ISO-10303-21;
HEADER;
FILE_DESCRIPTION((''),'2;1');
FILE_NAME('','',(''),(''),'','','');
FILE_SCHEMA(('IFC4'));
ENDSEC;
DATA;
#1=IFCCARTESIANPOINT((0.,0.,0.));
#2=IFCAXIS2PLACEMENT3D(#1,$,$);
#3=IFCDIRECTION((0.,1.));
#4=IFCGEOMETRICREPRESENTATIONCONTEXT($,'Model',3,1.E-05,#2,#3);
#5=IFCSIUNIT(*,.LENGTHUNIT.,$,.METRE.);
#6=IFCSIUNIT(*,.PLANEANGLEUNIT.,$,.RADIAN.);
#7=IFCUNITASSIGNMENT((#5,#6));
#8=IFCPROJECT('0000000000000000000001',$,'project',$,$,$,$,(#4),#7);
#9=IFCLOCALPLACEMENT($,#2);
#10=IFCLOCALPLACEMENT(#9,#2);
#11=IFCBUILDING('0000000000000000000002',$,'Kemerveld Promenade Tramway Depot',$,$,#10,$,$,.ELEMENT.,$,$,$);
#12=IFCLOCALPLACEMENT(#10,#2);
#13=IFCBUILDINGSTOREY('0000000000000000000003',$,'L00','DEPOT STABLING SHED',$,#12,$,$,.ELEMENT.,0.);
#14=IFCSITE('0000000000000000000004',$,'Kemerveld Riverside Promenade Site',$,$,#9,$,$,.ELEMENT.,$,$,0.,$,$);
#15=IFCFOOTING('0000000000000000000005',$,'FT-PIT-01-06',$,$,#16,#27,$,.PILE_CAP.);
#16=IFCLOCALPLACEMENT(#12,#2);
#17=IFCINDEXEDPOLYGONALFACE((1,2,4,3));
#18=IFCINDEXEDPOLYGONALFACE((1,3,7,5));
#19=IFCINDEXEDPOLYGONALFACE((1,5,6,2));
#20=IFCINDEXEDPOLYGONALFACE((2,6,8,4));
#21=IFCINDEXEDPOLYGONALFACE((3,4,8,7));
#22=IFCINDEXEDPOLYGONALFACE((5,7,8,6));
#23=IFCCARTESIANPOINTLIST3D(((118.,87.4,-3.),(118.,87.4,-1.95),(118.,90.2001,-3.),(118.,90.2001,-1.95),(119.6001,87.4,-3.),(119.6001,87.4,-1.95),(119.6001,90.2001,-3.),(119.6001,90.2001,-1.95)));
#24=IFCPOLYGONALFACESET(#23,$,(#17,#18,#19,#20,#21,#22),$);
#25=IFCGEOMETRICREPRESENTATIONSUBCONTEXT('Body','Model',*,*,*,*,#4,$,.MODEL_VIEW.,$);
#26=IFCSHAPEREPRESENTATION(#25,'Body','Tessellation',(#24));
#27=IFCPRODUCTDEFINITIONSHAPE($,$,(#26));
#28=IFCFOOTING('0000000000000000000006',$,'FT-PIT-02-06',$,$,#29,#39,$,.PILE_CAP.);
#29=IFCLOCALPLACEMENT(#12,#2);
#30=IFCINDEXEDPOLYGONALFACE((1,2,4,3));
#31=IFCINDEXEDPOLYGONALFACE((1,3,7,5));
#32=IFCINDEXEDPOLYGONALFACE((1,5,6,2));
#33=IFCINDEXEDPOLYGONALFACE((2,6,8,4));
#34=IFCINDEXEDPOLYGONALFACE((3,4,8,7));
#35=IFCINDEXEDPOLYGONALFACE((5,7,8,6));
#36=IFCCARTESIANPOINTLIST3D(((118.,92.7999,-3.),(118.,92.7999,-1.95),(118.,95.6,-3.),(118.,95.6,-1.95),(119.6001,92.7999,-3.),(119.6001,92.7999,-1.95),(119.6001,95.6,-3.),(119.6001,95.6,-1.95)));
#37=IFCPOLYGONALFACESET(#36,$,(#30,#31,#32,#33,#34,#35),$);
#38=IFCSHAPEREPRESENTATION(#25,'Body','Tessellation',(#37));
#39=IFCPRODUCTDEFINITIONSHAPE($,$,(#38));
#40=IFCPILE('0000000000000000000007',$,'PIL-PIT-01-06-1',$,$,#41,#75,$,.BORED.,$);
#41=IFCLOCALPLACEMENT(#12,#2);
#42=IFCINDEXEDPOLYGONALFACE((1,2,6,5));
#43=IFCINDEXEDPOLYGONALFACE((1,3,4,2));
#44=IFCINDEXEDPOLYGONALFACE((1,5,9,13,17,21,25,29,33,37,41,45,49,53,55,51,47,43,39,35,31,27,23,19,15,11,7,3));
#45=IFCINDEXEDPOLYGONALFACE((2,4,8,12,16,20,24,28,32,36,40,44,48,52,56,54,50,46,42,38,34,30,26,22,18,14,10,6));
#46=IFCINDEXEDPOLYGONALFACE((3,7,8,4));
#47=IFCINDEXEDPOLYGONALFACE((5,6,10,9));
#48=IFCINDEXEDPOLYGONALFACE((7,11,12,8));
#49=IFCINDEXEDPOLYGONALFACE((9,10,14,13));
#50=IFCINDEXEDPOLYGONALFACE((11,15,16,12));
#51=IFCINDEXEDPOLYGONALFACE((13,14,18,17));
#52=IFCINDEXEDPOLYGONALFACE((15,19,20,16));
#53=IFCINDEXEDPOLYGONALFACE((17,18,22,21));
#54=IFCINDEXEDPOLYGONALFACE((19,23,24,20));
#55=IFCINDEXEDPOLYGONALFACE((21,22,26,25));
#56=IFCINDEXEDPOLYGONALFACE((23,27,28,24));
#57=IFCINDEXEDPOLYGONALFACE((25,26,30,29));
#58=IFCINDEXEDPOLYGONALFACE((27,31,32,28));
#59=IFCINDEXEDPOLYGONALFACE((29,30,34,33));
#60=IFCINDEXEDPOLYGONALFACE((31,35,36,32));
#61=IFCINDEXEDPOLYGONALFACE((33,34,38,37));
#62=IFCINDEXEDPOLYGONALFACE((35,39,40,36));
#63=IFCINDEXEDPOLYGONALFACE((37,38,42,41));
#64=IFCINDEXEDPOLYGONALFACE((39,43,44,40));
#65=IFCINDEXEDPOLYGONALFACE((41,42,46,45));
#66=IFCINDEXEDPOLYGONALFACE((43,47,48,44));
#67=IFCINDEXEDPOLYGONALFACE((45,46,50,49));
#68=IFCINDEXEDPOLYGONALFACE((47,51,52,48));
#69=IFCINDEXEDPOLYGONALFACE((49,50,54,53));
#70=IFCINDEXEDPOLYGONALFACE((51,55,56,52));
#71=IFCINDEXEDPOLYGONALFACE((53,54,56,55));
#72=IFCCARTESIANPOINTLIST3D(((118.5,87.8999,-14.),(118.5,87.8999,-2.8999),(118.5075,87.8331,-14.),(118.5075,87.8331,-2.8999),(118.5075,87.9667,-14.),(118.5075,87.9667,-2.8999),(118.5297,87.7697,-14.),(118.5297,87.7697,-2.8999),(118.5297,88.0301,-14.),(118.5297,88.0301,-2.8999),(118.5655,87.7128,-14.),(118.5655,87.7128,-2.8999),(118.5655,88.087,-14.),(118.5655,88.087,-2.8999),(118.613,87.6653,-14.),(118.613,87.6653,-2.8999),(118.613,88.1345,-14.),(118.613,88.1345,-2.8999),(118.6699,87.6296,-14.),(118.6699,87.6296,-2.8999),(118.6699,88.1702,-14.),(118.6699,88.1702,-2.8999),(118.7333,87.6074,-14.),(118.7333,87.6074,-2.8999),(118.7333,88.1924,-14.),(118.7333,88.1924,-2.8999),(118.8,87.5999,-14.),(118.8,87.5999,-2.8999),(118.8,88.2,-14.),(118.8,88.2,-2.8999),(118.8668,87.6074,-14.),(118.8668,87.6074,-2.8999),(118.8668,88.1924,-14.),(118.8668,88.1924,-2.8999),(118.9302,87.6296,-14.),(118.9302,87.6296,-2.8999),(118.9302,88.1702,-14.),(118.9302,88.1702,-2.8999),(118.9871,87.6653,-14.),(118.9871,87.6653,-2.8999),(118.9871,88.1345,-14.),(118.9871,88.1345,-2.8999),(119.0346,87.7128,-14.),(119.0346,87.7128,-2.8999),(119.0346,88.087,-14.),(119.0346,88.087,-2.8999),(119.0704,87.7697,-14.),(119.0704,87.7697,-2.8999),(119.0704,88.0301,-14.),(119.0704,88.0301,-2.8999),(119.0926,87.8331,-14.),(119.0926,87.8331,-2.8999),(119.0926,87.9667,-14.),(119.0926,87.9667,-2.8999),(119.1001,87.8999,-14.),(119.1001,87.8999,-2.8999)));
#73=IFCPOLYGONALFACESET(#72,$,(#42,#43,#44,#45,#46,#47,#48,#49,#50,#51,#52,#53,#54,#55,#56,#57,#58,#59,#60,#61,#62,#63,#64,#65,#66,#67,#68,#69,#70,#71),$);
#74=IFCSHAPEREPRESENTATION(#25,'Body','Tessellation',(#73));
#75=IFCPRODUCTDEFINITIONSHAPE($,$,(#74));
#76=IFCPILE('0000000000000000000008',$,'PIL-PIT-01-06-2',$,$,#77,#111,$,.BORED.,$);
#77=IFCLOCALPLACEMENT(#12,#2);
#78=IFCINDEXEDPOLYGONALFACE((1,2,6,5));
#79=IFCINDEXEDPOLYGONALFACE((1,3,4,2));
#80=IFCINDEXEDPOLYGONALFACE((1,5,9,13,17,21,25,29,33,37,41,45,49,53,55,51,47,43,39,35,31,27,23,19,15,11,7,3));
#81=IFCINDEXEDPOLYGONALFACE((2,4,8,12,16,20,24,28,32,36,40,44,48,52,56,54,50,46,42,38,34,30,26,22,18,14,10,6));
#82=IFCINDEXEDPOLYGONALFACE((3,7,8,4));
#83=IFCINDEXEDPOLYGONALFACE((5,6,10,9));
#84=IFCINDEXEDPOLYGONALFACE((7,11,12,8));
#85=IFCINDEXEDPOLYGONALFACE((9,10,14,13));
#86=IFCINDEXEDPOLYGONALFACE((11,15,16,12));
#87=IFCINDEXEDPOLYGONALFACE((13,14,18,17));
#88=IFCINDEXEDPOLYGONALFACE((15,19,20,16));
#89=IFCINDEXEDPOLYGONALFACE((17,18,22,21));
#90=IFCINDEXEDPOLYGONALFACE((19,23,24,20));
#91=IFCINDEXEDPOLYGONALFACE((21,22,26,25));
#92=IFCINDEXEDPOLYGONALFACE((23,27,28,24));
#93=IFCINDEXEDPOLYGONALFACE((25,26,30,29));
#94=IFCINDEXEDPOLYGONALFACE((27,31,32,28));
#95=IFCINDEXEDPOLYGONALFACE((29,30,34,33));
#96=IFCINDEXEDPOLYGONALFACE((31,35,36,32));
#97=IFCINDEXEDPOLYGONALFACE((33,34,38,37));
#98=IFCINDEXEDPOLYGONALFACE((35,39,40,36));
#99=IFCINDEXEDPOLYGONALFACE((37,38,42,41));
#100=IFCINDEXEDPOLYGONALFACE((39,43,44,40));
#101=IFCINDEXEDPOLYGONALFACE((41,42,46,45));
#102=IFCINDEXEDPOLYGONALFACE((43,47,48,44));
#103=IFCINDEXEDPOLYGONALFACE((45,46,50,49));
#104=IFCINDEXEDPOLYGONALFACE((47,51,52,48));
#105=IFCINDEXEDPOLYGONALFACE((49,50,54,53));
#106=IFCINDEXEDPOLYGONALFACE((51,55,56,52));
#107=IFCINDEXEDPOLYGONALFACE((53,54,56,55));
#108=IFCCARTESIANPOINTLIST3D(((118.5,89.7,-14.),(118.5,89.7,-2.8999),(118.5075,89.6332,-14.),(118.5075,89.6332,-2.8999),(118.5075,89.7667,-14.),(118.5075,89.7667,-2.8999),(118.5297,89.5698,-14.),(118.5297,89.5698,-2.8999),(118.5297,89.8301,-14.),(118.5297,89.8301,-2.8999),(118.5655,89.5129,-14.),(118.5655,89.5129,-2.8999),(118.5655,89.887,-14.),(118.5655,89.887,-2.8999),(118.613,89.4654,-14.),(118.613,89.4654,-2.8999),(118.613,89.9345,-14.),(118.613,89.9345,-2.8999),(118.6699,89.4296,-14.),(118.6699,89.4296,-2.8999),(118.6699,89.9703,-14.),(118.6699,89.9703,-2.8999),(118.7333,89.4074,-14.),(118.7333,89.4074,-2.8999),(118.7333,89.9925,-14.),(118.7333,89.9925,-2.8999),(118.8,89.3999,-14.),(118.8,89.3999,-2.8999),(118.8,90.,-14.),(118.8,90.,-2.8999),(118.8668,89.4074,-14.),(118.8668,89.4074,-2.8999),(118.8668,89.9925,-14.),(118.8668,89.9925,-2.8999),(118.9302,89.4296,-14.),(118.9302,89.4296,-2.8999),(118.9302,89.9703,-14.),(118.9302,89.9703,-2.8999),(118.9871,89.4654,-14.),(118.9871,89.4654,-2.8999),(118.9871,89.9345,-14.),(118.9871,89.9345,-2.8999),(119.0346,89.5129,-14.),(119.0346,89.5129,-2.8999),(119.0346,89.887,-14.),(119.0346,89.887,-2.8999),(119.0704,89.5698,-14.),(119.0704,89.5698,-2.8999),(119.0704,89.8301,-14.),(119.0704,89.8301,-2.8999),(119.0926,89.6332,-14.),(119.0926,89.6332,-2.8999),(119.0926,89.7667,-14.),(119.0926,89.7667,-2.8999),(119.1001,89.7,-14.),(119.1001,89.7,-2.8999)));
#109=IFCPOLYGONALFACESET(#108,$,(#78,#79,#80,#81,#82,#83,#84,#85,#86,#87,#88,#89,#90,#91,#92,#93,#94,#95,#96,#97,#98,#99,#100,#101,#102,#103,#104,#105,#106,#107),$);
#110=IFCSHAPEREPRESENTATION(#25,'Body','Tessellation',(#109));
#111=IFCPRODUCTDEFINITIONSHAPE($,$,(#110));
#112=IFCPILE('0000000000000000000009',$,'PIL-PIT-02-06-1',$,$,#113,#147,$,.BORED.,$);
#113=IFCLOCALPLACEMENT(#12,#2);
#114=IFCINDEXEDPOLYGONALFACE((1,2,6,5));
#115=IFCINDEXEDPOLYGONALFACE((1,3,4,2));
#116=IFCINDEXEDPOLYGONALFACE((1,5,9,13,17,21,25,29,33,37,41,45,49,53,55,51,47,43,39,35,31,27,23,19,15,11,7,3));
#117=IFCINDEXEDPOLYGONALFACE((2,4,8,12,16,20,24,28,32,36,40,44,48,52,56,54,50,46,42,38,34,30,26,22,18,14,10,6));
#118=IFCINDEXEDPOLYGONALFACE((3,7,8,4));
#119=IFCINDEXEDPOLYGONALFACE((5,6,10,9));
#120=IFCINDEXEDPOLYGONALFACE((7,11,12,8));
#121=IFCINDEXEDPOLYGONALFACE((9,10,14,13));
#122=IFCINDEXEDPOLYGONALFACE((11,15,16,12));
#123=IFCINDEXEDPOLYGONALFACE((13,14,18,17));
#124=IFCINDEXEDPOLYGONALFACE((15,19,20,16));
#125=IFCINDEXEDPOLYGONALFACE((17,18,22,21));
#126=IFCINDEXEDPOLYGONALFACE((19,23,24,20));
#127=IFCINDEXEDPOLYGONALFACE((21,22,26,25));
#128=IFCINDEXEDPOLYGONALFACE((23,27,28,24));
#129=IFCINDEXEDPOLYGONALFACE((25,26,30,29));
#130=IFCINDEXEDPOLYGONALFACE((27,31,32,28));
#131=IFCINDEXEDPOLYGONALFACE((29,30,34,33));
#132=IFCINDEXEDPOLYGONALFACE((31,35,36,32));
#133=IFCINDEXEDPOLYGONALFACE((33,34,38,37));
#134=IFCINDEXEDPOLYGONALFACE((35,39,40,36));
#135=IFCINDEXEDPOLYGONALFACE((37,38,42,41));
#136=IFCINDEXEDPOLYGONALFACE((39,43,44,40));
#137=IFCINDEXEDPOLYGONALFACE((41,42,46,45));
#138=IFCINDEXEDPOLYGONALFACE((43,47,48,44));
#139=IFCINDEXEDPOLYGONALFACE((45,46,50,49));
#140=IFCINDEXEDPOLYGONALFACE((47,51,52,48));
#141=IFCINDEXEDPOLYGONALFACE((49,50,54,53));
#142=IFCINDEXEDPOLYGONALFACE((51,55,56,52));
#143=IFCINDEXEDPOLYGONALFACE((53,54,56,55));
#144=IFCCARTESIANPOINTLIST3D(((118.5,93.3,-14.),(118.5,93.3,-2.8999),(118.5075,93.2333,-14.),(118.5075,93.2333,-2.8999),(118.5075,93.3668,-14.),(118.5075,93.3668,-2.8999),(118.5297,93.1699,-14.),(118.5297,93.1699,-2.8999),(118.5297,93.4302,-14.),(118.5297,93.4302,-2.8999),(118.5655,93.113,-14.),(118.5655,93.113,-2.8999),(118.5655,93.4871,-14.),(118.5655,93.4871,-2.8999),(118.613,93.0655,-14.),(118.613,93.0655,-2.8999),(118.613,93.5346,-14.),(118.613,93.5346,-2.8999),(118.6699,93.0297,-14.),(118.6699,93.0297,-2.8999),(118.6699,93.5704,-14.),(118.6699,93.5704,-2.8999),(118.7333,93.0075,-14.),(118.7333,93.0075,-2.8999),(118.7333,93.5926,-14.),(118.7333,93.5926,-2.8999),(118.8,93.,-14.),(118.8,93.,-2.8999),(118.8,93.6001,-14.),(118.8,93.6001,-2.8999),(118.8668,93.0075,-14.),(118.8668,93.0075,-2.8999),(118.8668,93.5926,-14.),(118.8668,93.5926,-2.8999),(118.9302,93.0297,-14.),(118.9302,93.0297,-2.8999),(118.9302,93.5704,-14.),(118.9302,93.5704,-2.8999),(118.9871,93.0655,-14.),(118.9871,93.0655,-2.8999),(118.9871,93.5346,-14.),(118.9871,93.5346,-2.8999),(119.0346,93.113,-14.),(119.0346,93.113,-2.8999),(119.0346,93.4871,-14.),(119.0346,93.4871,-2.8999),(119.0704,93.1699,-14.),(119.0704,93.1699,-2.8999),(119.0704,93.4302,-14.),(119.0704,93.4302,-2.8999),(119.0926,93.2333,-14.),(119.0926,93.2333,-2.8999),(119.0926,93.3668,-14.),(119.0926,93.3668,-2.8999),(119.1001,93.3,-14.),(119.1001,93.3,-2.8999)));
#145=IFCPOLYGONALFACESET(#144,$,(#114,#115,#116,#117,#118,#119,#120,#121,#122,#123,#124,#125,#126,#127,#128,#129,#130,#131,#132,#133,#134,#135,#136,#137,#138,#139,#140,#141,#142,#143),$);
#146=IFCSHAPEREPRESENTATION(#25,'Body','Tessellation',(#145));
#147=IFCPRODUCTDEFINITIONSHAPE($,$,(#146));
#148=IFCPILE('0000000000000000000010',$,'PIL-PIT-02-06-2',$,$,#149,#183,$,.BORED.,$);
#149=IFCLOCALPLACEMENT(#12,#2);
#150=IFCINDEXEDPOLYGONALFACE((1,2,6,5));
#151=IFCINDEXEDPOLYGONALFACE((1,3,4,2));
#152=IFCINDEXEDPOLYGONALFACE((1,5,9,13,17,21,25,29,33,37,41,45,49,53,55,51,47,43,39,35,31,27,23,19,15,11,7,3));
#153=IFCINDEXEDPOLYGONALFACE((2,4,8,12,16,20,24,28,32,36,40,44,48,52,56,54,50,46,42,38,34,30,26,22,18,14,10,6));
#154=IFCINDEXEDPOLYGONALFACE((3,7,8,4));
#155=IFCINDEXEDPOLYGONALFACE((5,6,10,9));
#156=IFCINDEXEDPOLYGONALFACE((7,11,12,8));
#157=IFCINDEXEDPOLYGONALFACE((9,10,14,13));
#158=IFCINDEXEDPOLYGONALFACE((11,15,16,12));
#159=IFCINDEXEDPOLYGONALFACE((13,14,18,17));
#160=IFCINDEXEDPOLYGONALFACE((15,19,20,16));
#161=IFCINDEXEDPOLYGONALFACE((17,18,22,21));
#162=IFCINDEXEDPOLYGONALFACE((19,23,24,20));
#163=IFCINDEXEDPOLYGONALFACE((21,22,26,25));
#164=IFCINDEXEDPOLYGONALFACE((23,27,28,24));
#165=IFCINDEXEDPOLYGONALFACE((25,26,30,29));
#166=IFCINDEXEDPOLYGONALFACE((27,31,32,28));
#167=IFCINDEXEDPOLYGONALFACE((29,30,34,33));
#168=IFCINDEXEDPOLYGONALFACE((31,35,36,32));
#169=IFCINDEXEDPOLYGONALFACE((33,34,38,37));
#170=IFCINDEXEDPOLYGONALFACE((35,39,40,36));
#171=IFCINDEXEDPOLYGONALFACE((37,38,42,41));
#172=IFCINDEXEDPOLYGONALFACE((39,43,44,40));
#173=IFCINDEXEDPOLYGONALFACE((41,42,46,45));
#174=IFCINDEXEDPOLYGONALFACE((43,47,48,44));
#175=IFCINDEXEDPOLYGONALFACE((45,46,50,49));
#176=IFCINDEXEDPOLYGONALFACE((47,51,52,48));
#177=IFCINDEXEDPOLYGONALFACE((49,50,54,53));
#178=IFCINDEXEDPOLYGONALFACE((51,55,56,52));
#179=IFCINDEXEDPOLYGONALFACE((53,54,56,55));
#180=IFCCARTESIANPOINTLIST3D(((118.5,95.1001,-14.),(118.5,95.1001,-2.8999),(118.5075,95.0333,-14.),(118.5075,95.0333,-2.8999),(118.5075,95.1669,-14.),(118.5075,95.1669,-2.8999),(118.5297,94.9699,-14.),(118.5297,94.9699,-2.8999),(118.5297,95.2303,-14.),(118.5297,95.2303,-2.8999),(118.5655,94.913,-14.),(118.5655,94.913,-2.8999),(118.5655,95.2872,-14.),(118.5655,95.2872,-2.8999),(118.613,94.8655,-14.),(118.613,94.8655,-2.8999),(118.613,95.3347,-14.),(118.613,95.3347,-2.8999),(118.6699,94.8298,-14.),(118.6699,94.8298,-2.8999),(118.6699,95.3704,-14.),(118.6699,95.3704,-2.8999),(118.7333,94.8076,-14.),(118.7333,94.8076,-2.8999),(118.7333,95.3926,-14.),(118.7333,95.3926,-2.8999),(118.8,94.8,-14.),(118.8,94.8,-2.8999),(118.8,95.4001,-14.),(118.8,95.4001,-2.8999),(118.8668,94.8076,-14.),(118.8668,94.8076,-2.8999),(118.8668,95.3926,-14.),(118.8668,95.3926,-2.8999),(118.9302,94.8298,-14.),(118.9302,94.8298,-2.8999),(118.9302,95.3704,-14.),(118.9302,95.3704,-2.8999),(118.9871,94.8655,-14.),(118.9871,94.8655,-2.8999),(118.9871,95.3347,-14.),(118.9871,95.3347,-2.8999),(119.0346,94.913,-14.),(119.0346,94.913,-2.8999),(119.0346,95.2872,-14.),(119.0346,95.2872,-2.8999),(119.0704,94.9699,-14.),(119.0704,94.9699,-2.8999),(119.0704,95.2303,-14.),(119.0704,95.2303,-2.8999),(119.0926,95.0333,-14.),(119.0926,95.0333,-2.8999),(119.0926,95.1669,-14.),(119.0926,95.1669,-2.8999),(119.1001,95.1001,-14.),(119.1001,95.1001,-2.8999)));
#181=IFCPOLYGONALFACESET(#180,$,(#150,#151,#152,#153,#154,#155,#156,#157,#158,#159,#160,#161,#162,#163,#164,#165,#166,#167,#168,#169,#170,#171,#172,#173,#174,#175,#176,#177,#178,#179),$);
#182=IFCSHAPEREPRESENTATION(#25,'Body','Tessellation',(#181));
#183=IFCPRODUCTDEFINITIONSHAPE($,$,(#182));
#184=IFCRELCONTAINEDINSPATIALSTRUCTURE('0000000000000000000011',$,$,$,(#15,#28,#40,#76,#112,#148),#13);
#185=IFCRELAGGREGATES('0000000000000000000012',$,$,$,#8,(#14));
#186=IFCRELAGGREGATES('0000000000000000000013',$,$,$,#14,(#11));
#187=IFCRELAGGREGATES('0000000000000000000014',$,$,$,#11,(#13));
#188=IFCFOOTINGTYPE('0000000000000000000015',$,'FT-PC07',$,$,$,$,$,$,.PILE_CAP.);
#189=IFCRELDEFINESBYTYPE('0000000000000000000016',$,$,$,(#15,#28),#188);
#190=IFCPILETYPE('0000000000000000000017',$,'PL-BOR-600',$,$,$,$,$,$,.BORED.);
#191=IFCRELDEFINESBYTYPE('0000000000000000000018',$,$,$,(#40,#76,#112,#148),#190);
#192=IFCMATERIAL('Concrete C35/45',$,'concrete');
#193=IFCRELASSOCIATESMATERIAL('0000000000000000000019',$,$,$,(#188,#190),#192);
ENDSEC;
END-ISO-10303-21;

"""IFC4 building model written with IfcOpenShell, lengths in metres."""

from ifc_helpers import new_model, si_unit, direction, frame, origin, origin_2d, place, context, subcontext, project, spatial, rectangle, circle, extrude, material, material_profile, profile_set, type_object, element, save


model = new_model("IFC4")

# Units and contexts
model_context = context("Model", 3, precision=1e-05, world=origin(), true_north=direction((0.0, 1.0)))
body_context = subcontext(model_context, "Body", "Model", "MODEL_VIEW")
ifc_project = project(units=[si_unit("LENGTHUNIT", "METRE"), si_unit("PLANEANGLEUNIT", "RADIAN")], contexts=[model_context])

# Site, building, storey
site_placement = place(None, origin())
site = spatial("IfcSite", under=ifc_project, at=site_placement, Name="Kemerveld Riverside Promenade Site", CompositionType="ELEMENT", RefElevation=0.0)
building_placement = place(site_placement, origin())
building = spatial("IfcBuilding", under=site, at=building_placement, Name="Kemerveld Promenade Tramway Depot", CompositionType="ELEMENT")
storey_placement = place(building_placement, origin())
storey = spatial("IfcBuildingStorey", under=building, at=storey_placement, Name="L00", Description="DEPOT STABLING SHED", CompositionType="ELEMENT", Elevation=0.0)

# Footings
ifc_material_1 = material(Name="Concrete C35/45", Category="concrete")
footing_type = type_object("IfcFootingType", Name="FT-PC07", PredefinedType="PILE_CAP", material=ifc_material_1)
for number, where, z_axis, x_axis, name in (
    (1, (118.8, 88.8, -3.0), (0.0, 0.0, 1.0), (1.0, 0.0, 0.0), "FT-PIT-01-06"),
    (2, (118.8, 94.2, -3.0), (0.0, 0.0, 1.0), (1.0, 0.0, 0.0), "FT-PIT-02-06"),
):
    element("IfcFooting", number, at=place(storey_placement, frame(where, z_axis=z_axis, x_axis=x_axis)), inside=storey, type_object=footing_type, Name=name, PredefinedType="PILE_CAP", context=body_context, shape_type="SweptSolid", body=[
        extrude(rectangle(XDim=1.6001, YDim=2.8, at=origin_2d()), origin(), (0.0, 0.0, 1.0), 1.05),
    ])

# Piles
ifc_material_profile_1 = material_profile(ifc_material_1, circle(Radius=0.3, at=origin_2d()), Name="PILE-D600")
ifc_profile_set_1 = profile_set([ifc_material_profile_1], Name="Concrete C35/45")
pile_type_1 = type_object("IfcPileType", Name="PL-BOR-600", PredefinedType="BORED", material=ifc_profile_set_1)
for number, where, z_axis, x_axis, name in (
    (3, (118.8, 87.8999, -2.8999), (0.0, 0.0, -1.0), (1.0, 0.0, 0.0), "PIL-PIT-01-06-1"),
    (4, (118.8, 89.7, -2.8999), (0.0, 0.0, -1.0), (1.0, 0.0, 0.0), "PIL-PIT-01-06-2"),
    (5, (118.8, 93.3, -2.8999), (0.0, 0.0, -1.0), (1.0, 0.0, 0.0), "PIL-PIT-02-06-1"),
    (6, (118.8, 95.1001, -2.8999), (0.0, 0.0, -1.0), (1.0, 0.0, 0.0), "PIL-PIT-02-06-2"),
):
    element("IfcPile", number, at=place(storey_placement, frame(where, z_axis=z_axis, x_axis=x_axis)), inside=storey, type_object=pile_type_1, Name=name, PredefinedType="BORED", context=body_context, shape_type="SweptSolid", body=[
        extrude(circle(Radius=0.3, at=origin_2d()), origin(), (0.0, 0.0, 1.0), 11.1001),
    ])

save(model, "model.ifc")
